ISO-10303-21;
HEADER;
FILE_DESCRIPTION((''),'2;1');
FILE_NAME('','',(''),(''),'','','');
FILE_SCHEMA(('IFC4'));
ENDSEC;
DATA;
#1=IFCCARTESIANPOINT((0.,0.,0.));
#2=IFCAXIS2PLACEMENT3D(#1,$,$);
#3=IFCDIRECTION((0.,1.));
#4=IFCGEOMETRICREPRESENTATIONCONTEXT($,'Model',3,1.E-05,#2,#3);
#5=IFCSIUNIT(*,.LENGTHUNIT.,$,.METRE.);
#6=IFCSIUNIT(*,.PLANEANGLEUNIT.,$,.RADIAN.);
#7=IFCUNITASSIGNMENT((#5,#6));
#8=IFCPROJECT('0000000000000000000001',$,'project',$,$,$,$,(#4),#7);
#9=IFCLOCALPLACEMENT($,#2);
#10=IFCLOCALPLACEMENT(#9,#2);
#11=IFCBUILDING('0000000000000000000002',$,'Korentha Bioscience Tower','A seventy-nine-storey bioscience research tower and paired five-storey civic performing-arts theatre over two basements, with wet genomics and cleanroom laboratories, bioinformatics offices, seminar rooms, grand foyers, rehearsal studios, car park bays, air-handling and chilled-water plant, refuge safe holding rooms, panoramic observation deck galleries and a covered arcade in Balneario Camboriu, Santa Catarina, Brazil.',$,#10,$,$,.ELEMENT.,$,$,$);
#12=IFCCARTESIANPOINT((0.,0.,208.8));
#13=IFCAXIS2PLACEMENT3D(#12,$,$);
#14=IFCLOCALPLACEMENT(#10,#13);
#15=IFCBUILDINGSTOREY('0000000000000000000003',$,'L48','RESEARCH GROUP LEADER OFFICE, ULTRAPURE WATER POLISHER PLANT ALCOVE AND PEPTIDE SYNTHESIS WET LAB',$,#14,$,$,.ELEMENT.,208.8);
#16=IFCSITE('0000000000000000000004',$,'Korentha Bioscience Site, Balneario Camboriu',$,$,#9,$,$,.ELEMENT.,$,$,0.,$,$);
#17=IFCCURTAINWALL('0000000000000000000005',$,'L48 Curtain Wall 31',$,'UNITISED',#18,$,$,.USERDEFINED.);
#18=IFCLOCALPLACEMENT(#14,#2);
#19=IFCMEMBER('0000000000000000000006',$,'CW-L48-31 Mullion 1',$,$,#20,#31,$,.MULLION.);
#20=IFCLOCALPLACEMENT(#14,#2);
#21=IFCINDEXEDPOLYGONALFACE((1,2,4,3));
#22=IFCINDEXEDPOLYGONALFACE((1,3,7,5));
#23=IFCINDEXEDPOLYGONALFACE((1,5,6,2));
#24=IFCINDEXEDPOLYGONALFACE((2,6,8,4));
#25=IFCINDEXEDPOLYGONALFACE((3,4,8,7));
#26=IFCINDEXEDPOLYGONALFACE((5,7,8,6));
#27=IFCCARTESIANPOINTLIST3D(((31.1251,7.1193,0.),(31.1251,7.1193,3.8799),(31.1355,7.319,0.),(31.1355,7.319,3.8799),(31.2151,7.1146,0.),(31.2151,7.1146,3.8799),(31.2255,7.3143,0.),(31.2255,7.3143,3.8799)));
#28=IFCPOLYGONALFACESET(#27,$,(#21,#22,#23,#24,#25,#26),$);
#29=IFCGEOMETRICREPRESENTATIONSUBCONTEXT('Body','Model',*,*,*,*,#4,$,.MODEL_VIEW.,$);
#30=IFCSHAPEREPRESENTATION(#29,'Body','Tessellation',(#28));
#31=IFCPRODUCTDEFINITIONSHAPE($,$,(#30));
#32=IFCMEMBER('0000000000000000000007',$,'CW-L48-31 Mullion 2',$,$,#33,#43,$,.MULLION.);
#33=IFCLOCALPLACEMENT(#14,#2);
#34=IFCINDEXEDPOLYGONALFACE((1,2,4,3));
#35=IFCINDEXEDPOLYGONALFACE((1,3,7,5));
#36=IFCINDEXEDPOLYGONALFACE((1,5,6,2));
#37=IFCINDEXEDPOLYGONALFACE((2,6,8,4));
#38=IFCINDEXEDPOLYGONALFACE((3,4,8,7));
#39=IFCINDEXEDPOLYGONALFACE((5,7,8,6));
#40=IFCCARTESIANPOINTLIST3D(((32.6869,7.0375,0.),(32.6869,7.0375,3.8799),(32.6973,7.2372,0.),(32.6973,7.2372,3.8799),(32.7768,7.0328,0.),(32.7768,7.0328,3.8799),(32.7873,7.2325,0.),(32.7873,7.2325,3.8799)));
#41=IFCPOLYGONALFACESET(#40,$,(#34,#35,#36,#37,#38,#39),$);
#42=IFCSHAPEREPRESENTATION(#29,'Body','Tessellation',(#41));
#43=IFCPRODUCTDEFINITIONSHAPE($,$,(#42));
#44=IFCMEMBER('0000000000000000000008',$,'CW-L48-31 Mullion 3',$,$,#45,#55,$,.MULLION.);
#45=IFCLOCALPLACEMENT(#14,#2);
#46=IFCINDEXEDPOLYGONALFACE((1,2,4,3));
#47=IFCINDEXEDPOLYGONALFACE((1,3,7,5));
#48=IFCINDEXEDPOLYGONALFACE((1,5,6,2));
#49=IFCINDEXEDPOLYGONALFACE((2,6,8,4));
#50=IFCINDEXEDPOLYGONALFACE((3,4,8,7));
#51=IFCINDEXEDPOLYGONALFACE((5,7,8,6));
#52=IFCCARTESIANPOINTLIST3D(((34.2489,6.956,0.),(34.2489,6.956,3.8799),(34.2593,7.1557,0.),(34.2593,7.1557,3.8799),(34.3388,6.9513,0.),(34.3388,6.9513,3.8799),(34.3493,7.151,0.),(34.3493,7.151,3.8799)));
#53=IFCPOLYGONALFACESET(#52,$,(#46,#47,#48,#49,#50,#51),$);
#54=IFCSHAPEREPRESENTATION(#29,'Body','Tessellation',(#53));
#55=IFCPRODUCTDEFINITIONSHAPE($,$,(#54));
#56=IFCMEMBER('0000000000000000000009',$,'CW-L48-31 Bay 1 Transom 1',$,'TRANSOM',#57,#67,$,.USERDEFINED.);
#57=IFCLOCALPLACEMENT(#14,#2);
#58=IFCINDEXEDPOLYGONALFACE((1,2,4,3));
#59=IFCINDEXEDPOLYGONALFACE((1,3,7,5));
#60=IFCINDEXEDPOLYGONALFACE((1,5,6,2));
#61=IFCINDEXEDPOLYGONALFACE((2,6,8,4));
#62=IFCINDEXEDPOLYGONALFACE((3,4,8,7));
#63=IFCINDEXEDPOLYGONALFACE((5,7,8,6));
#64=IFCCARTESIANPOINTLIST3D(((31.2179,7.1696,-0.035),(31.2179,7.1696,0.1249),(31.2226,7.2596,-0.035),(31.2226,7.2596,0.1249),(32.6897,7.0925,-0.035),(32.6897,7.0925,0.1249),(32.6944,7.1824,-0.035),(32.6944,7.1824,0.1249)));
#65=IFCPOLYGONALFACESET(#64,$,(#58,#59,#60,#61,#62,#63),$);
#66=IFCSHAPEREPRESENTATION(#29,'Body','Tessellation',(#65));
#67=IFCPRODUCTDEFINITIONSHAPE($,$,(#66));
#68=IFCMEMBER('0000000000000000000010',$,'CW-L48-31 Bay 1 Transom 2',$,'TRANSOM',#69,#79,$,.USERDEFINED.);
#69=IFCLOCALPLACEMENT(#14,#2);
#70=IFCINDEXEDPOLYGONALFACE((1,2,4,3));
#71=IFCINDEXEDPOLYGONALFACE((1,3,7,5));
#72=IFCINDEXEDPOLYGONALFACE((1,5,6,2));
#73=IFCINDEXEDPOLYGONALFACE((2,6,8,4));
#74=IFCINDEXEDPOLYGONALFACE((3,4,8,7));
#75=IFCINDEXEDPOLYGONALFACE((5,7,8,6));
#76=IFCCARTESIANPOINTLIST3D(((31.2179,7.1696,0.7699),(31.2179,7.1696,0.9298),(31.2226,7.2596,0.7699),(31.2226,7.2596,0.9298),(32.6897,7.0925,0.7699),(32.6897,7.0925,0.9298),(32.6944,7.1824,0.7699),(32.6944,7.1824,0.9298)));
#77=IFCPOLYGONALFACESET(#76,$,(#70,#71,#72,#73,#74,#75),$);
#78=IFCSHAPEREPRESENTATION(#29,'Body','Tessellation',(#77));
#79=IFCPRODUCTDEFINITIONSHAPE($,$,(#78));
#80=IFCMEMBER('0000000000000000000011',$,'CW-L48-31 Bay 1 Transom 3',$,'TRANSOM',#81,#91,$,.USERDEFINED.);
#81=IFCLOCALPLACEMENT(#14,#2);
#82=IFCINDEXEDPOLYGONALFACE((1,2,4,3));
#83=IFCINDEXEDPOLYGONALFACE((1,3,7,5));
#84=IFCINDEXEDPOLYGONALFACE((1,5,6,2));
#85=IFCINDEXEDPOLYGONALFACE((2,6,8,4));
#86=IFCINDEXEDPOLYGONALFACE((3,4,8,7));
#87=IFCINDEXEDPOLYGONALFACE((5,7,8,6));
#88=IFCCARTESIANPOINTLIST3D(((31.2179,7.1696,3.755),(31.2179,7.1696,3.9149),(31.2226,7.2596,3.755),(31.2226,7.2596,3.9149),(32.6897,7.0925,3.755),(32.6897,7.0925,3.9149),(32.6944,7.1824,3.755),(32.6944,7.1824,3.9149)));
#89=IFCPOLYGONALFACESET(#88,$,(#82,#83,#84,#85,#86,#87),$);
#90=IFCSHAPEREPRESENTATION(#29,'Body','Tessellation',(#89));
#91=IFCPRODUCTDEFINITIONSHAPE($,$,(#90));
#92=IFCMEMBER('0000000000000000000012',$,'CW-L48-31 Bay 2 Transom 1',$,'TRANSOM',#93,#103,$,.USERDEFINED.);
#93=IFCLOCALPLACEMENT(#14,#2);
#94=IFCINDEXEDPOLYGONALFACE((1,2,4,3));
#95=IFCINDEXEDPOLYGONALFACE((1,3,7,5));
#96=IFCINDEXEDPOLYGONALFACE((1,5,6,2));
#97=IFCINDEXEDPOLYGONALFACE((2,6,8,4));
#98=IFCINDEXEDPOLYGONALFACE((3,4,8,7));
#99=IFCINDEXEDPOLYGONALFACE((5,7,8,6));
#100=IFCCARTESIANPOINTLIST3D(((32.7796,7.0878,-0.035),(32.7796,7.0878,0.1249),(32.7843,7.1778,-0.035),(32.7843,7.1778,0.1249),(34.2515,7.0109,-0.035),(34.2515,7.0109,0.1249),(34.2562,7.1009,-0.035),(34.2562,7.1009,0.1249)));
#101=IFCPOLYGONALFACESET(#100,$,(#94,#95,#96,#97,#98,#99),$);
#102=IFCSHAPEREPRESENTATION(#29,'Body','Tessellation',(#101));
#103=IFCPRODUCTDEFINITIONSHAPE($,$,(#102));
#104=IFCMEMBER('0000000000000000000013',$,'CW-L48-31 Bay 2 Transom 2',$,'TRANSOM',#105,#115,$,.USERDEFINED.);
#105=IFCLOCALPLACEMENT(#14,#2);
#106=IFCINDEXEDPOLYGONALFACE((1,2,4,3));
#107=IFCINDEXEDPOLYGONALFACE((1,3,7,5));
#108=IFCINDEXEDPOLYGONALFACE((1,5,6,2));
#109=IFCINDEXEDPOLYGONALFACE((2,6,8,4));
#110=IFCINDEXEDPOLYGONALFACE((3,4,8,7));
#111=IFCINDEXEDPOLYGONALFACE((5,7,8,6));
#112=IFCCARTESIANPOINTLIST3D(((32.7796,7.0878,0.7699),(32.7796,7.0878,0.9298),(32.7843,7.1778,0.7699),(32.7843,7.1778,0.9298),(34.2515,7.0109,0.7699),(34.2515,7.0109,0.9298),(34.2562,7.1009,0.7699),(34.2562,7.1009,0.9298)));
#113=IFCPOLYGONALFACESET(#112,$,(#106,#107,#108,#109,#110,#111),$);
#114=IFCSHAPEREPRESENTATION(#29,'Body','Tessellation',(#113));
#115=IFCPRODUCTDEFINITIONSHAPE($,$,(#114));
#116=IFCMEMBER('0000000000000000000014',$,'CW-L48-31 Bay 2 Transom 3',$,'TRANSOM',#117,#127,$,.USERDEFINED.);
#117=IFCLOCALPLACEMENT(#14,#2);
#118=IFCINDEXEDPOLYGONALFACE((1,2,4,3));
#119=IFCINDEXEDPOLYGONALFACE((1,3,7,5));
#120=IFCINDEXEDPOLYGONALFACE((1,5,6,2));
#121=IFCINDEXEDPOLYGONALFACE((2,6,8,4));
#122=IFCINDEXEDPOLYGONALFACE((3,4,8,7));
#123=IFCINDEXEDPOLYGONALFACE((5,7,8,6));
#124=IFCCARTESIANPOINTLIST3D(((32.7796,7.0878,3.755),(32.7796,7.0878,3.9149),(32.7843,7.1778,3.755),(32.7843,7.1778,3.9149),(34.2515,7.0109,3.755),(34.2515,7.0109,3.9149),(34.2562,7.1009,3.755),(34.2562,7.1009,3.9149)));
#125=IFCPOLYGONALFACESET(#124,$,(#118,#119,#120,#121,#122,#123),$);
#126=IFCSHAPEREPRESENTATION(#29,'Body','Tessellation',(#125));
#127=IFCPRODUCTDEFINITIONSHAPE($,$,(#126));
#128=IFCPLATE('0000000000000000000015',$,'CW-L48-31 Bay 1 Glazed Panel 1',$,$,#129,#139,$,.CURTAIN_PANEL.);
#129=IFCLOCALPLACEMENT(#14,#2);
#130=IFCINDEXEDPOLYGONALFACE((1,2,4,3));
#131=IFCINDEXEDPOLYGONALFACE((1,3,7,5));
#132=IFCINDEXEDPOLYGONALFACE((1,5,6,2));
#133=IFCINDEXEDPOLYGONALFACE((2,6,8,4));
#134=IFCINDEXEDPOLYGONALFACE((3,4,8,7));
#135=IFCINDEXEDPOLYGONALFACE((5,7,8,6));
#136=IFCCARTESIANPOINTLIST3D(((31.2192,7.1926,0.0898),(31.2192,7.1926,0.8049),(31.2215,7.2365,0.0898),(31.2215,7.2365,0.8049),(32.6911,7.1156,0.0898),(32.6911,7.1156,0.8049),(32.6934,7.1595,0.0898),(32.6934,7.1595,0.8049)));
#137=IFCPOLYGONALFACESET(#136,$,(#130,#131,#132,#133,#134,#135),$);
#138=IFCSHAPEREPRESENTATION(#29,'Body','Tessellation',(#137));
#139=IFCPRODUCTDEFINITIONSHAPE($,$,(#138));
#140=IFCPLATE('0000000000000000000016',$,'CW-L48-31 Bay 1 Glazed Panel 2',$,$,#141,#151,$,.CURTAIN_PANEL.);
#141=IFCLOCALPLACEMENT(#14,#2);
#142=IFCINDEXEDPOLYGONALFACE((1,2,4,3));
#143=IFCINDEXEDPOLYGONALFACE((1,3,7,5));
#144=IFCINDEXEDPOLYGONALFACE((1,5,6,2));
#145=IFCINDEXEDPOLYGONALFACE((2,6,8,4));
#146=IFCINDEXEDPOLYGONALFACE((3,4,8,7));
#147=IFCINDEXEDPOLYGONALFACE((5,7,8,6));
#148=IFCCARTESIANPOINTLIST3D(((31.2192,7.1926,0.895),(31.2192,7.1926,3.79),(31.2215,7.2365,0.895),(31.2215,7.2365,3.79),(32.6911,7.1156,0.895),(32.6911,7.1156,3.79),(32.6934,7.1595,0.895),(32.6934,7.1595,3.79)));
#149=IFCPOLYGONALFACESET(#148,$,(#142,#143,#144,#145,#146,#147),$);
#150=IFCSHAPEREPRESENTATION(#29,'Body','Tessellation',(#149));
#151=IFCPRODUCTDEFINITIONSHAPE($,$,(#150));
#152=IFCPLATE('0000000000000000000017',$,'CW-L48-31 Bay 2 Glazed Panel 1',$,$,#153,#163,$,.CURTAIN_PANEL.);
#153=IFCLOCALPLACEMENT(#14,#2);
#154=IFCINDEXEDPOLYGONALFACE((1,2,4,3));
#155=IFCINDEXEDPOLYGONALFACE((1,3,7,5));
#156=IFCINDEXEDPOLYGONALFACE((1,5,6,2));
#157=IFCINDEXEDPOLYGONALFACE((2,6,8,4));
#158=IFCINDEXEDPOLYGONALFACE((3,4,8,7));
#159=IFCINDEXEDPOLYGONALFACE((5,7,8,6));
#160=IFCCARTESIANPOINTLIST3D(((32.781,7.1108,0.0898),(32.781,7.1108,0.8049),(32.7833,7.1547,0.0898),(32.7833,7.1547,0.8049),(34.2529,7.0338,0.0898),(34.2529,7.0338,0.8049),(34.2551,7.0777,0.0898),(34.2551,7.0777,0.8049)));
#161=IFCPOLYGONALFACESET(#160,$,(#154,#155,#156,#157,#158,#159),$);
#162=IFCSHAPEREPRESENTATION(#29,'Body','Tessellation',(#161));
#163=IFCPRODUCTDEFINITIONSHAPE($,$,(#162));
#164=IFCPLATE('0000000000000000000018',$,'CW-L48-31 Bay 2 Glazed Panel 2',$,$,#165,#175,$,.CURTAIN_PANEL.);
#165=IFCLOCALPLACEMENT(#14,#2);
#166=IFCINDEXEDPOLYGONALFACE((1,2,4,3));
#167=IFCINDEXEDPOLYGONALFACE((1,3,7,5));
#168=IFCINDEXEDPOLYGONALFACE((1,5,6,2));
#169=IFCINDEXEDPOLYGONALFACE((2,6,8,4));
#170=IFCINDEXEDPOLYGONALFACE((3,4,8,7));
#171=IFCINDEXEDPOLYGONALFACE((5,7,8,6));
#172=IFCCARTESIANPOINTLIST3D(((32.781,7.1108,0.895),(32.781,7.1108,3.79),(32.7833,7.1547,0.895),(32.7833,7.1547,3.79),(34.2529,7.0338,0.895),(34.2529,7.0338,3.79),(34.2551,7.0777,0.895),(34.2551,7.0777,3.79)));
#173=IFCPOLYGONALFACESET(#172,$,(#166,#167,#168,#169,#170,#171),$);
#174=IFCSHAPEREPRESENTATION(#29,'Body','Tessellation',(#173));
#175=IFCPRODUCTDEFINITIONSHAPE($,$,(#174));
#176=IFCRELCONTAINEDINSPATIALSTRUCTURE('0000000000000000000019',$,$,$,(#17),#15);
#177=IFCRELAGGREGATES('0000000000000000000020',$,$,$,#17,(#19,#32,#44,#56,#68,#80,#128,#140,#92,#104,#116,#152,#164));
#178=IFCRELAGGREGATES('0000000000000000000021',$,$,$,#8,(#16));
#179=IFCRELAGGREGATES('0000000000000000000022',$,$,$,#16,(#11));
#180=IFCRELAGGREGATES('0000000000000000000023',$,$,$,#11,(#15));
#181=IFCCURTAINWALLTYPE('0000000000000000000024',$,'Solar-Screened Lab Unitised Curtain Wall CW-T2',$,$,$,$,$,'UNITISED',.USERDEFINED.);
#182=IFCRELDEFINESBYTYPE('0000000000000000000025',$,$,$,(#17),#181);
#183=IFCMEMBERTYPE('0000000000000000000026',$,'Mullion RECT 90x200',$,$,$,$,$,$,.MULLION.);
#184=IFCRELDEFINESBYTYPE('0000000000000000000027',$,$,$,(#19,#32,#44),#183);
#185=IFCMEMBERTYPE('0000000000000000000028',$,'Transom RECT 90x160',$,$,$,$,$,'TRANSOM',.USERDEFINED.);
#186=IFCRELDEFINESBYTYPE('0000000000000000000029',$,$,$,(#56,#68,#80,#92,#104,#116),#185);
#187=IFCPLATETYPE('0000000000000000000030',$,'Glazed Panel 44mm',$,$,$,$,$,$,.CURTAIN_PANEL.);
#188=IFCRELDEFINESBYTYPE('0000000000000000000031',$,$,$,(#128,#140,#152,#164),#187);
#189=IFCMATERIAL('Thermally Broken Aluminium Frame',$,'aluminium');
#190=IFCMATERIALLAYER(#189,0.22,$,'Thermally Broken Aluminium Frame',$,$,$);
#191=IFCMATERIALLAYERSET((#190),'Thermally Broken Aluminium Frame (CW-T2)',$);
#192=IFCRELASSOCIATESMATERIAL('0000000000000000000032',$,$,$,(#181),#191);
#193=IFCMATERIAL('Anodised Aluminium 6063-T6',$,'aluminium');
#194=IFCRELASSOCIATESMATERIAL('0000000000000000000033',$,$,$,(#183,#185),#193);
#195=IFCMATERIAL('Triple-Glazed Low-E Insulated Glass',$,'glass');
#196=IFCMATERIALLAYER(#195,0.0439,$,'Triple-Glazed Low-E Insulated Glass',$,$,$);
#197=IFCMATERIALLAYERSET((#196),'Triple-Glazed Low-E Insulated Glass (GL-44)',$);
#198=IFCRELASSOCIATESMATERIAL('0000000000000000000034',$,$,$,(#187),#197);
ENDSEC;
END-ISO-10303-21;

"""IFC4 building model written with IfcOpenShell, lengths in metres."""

from ifc_helpers import new_model, si_unit, direction, frame, origin, origin_2d, place, context, subcontext, project, spatial, rectangle, extrude, material, layer, layer_set, material_profile, profile_set, type_object, element, aggregate, save


model = new_model("IFC4")

# Units and contexts
model_context = context("Model", 3, precision=1e-05, world=origin(), true_north=direction((0.0, 1.0)))
body_context = subcontext(model_context, "Body", "Model", "MODEL_VIEW")
ifc_project = project(units=[si_unit("LENGTHUNIT", "METRE"), si_unit("PLANEANGLEUNIT", "RADIAN")], contexts=[model_context])

# Site, building, storey
site_placement = place(None, origin())
site = spatial("IfcSite", under=ifc_project, at=site_placement, Name="Korentha Bioscience Site, Balneario Camboriu", CompositionType="ELEMENT", RefElevation=0.0)
building_placement = place(site_placement, origin())
building = spatial("IfcBuilding", under=site, at=building_placement, Name="Korentha Bioscience Tower", Description="A seventy-nine-storey bioscience research tower and paired five-storey civic performing-arts theatre over two basements, with wet genomics and cleanroom laboratories, bioinformatics offices, seminar rooms, grand foyers, rehearsal studios, car park bays, air-handling and chilled-water plant, refuge safe holding rooms, panoramic observation deck galleries and a covered arcade in Balneario Camboriu, Santa Catarina, Brazil.", CompositionType="ELEMENT")
storey_placement = place(building_placement, frame((0.0, 0.0, 208.8)))
storey = spatial("IfcBuildingStorey", under=building, at=storey_placement, Name="L48", Description="RESEARCH GROUP LEADER OFFICE, ULTRAPURE WATER POLISHER PLANT ALCOVE AND PEPTIDE SYNTHESIS WET LAB", CompositionType="ELEMENT", Elevation=208.8)

# Curtain wall, members, plates
ifc_material_1 = material(Name="Thermally Broken Aluminium Frame", Category="aluminium")
ifc_layer_1 = layer(ifc_material_1, 0.22, Name="Thermally Broken Aluminium Frame")
ifc_layer_set_1 = layer_set([ifc_layer_1], Name="Thermally Broken Aluminium Frame (CW-T2)")
curtain_wall_type = type_object("IfcCurtainWallType", Name="Solar-Screened Lab Unitised Curtain Wall CW-T2", ElementType="UNITISED", PredefinedType="USERDEFINED", material=ifc_layer_set_1)
curtain_wall_placement = place(storey_placement, origin())
curtain_wall = element("IfcCurtainWall", 1, at=curtain_wall_placement, inside=storey, type_object=curtain_wall_type, Name="L48 Curtain Wall 31", ObjectType="UNITISED", PredefinedType="USERDEFINED")
ifc_material_2 = material(Name="Anodised Aluminium 6063-T6", Category="aluminium")
ifc_material_profile_1 = material_profile(ifc_material_2, rectangle(XDim=0.0901, YDim=0.2, at=origin_2d()), Name="Anodised Aluminium 6063-T6")
ifc_profile_set_1 = profile_set([ifc_material_profile_1], Name="Anodised Aluminium 6063-T6 (CW-MUL)")
member_type_1 = type_object("IfcMemberType", Name="Mullion RECT 90x200", PredefinedType="MULLION", material=ifc_profile_set_1)
member_1_placement = place(storey_placement, frame((31.1753, 7.2168, 0.0), z_axis=(0.0, 0.0, 1.0), x_axis=(0.998635, -0.052239, 0.0)))
member_1 = element("IfcMember", 2, at=member_1_placement, type_object=member_type_1, Name="CW-L48-31 Mullion 1", PredefinedType="MULLION", context=body_context, shape_type="SweptSolid", body=[
    extrude(rectangle(XDim=0.0901, YDim=0.2, at=origin_2d()), origin(), (0.0, 0.0, 1.0), 3.8799),
])
member_2_placement = place(storey_placement, frame((32.7371, 7.135, 0.0), z_axis=(0.0, 0.0, 1.0), x_axis=(0.998635, -0.052239, 0.0)))
member_2 = element("IfcMember", 3, at=member_2_placement, type_object=member_type_1, Name="CW-L48-31 Mullion 2", PredefinedType="MULLION", context=body_context, shape_type="SweptSolid", body=[
    extrude(rectangle(XDim=0.0901, YDim=0.2, at=origin_2d()), origin(), (0.0, 0.0, 1.0), 3.8799),
])
member_3_placement = place(storey_placement, frame((34.2991, 7.0535, 0.0), z_axis=(0.0, 0.0, 1.0), x_axis=(0.998635, -0.052239, 0.0)))
member_3 = element("IfcMember", 4, at=member_3_placement, type_object=member_type_1, Name="CW-L48-31 Mullion 3", PredefinedType="MULLION", context=body_context, shape_type="SweptSolid", body=[
    extrude(rectangle(XDim=0.0901, YDim=0.2, at=origin_2d()), origin(), (0.0, 0.0, 1.0), 3.8799),
])
ifc_material_profile_2 = material_profile(ifc_material_2, rectangle(XDim=0.0901, YDim=0.1599, at=origin_2d()), Name="Anodised Aluminium 6063-T6")
ifc_profile_set_2 = profile_set([ifc_material_profile_2], Name="Anodised Aluminium 6063-T6 (CW-TRN)")
member_type_2 = type_object("IfcMemberType", Name="Transom RECT 90x160", ElementType="TRANSOM", PredefinedType="USERDEFINED", material=ifc_profile_set_2)
member_4_placement = place(storey_placement, frame((31.2202, 7.2146, 0.0449), z_axis=(0.998629, -0.052341, 0.0), x_axis=(0.052341, 0.998629, 0.0)))
member_4 = element("IfcMember", 5, at=member_4_placement, type_object=member_type_2, Name="CW-L48-31 Bay 1 Transom 1", ObjectType="TRANSOM", PredefinedType="USERDEFINED", context=body_context, shape_type="SweptSolid", body=[
    extrude(rectangle(XDim=0.0901, YDim=0.1599, at=origin_2d()), origin(), (0.0, 0.0, 1.0), 1.4739),
])
member_5_placement = place(storey_placement, frame((31.2202, 7.2146, 0.8499), z_axis=(0.998629, -0.052341, 0.0), x_axis=(0.052341, 0.998629, 0.0)))
member_5 = element("IfcMember", 6, at=member_5_placement, type_object=member_type_2, Name="CW-L48-31 Bay 1 Transom 2", ObjectType="TRANSOM", PredefinedType="USERDEFINED", context=body_context, shape_type="SweptSolid", body=[
    extrude(rectangle(XDim=0.0901, YDim=0.1599, at=origin_2d()), origin(), (0.0, 0.0, 1.0), 1.4739),
])
member_6_placement = place(storey_placement, frame((31.2202, 7.2146, 3.835), z_axis=(0.998629, -0.052341, 0.0), x_axis=(0.052341, 0.998629, 0.0)))
member_6 = element("IfcMember", 7, at=member_6_placement, type_object=member_type_2, Name="CW-L48-31 Bay 1 Transom 3", ObjectType="TRANSOM", PredefinedType="USERDEFINED", context=body_context, shape_type="SweptSolid", body=[
    extrude(rectangle(XDim=0.0901, YDim=0.1599, at=origin_2d()), origin(), (0.0, 0.0, 1.0), 1.4739),
])
member_7_placement = place(storey_placement, frame((32.782, 7.1328, 0.0449), z_axis=(0.998638, -0.052176, 0.0), x_axis=(0.052176, 0.998638, 0.0)))
member_7 = element("IfcMember", 8, at=member_7_placement, type_object=member_type_2, Name="CW-L48-31 Bay 2 Transom 1", ObjectType="TRANSOM", PredefinedType="USERDEFINED", context=body_context, shape_type="SweptSolid", body=[
    extrude(rectangle(XDim=0.0901, YDim=0.1599, at=origin_2d()), origin(), (0.0, 0.0, 1.0), 1.4739),
])
member_8_placement = place(storey_placement, frame((32.782, 7.1328, 0.8499), z_axis=(0.998638, -0.052176, 0.0), x_axis=(0.052176, 0.998638, 0.0)))
member_8 = element("IfcMember", 9, at=member_8_placement, type_object=member_type_2, Name="CW-L48-31 Bay 2 Transom 2", ObjectType="TRANSOM", PredefinedType="USERDEFINED", context=body_context, shape_type="SweptSolid", body=[
    extrude(rectangle(XDim=0.0901, YDim=0.1599, at=origin_2d()), origin(), (0.0, 0.0, 1.0), 1.4739),
])
member_9_placement = place(storey_placement, frame((32.782, 7.1328, 3.835), z_axis=(0.998638, -0.052176, 0.0), x_axis=(0.052176, 0.998638, 0.0)))
member_9 = element("IfcMember", 10, at=member_9_placement, type_object=member_type_2, Name="CW-L48-31 Bay 2 Transom 3", ObjectType="TRANSOM", PredefinedType="USERDEFINED", context=body_context, shape_type="SweptSolid", body=[
    extrude(rectangle(XDim=0.0901, YDim=0.1599, at=origin_2d()), origin(), (0.0, 0.0, 1.0), 1.4739),
])
ifc_material_3 = material(Name="Triple-Glazed Low-E Insulated Glass", Category="glass")
ifc_layer_2 = layer(ifc_material_3, 0.0439, Name="Triple-Glazed Low-E Insulated Glass")
ifc_layer_set_2 = layer_set([ifc_layer_2], Name="Triple-Glazed Low-E Insulated Glass (GL-44)")
plate_type = type_object("IfcPlateType", Name="Glazed Panel 44mm", PredefinedType="CURTAIN_PANEL", material=ifc_layer_set_2)
plate_1_placement = place(storey_placement, frame((31.9563, 7.176, 0.0898), z_axis=(0.0, 0.0, 1.0), x_axis=(0.998635, -0.052239, 0.0)))
plate_1 = element("IfcPlate", 11, at=plate_1_placement, type_object=plate_type, Name="CW-L48-31 Bay 1 Glazed Panel 1", PredefinedType="CURTAIN_PANEL", context=body_context, shape_type="SweptSolid", body=[
    extrude(rectangle(XDim=1.4739, YDim=0.0439, at=origin_2d()), origin(), (0.0, 0.0, 1.0), 0.7151),
])
plate_2_placement = place(storey_placement, frame((31.9563, 7.176, 0.895), z_axis=(0.0, 0.0, 1.0), x_axis=(0.998635, -0.052239, 0.0)))
plate_2 = element("IfcPlate", 12, at=plate_2_placement, type_object=plate_type, Name="CW-L48-31 Bay 1 Glazed Panel 2", PredefinedType="CURTAIN_PANEL", context=body_context, shape_type="SweptSolid", body=[
    extrude(rectangle(XDim=1.4739, YDim=0.0439, at=origin_2d()), origin(), (0.0, 0.0, 1.0), 2.895),
])
plate_3_placement = place(storey_placement, frame((33.5181, 7.0942, 0.0898), z_axis=(0.0, 0.0, 1.0), x_axis=(0.998635, -0.052239, 0.0)))
plate_3 = element("IfcPlate", 13, at=plate_3_placement, type_object=plate_type, Name="CW-L48-31 Bay 2 Glazed Panel 1", PredefinedType="CURTAIN_PANEL", context=body_context, shape_type="SweptSolid", body=[
    extrude(rectangle(XDim=1.4739, YDim=0.0439, at=origin_2d()), origin(), (0.0, 0.0, 1.0), 0.7151),
])
plate_4_placement = place(storey_placement, frame((33.5181, 7.0942, 0.895), z_axis=(0.0, 0.0, 1.0), x_axis=(0.998635, -0.052239, 0.0)))
plate_4 = element("IfcPlate", 14, at=plate_4_placement, type_object=plate_type, Name="CW-L48-31 Bay 2 Glazed Panel 2", PredefinedType="CURTAIN_PANEL", context=body_context, shape_type="SweptSolid", body=[
    extrude(rectangle(XDim=1.4739, YDim=0.0439, at=origin_2d()), origin(), (0.0, 0.0, 1.0), 2.895),
])
aggregate(curtain_wall, [member_1, member_2, member_3, member_4, member_5, member_6, plate_1, plate_2, member_7, member_8, member_9, plate_3, plate_4])

save(model, "model.ifc")
